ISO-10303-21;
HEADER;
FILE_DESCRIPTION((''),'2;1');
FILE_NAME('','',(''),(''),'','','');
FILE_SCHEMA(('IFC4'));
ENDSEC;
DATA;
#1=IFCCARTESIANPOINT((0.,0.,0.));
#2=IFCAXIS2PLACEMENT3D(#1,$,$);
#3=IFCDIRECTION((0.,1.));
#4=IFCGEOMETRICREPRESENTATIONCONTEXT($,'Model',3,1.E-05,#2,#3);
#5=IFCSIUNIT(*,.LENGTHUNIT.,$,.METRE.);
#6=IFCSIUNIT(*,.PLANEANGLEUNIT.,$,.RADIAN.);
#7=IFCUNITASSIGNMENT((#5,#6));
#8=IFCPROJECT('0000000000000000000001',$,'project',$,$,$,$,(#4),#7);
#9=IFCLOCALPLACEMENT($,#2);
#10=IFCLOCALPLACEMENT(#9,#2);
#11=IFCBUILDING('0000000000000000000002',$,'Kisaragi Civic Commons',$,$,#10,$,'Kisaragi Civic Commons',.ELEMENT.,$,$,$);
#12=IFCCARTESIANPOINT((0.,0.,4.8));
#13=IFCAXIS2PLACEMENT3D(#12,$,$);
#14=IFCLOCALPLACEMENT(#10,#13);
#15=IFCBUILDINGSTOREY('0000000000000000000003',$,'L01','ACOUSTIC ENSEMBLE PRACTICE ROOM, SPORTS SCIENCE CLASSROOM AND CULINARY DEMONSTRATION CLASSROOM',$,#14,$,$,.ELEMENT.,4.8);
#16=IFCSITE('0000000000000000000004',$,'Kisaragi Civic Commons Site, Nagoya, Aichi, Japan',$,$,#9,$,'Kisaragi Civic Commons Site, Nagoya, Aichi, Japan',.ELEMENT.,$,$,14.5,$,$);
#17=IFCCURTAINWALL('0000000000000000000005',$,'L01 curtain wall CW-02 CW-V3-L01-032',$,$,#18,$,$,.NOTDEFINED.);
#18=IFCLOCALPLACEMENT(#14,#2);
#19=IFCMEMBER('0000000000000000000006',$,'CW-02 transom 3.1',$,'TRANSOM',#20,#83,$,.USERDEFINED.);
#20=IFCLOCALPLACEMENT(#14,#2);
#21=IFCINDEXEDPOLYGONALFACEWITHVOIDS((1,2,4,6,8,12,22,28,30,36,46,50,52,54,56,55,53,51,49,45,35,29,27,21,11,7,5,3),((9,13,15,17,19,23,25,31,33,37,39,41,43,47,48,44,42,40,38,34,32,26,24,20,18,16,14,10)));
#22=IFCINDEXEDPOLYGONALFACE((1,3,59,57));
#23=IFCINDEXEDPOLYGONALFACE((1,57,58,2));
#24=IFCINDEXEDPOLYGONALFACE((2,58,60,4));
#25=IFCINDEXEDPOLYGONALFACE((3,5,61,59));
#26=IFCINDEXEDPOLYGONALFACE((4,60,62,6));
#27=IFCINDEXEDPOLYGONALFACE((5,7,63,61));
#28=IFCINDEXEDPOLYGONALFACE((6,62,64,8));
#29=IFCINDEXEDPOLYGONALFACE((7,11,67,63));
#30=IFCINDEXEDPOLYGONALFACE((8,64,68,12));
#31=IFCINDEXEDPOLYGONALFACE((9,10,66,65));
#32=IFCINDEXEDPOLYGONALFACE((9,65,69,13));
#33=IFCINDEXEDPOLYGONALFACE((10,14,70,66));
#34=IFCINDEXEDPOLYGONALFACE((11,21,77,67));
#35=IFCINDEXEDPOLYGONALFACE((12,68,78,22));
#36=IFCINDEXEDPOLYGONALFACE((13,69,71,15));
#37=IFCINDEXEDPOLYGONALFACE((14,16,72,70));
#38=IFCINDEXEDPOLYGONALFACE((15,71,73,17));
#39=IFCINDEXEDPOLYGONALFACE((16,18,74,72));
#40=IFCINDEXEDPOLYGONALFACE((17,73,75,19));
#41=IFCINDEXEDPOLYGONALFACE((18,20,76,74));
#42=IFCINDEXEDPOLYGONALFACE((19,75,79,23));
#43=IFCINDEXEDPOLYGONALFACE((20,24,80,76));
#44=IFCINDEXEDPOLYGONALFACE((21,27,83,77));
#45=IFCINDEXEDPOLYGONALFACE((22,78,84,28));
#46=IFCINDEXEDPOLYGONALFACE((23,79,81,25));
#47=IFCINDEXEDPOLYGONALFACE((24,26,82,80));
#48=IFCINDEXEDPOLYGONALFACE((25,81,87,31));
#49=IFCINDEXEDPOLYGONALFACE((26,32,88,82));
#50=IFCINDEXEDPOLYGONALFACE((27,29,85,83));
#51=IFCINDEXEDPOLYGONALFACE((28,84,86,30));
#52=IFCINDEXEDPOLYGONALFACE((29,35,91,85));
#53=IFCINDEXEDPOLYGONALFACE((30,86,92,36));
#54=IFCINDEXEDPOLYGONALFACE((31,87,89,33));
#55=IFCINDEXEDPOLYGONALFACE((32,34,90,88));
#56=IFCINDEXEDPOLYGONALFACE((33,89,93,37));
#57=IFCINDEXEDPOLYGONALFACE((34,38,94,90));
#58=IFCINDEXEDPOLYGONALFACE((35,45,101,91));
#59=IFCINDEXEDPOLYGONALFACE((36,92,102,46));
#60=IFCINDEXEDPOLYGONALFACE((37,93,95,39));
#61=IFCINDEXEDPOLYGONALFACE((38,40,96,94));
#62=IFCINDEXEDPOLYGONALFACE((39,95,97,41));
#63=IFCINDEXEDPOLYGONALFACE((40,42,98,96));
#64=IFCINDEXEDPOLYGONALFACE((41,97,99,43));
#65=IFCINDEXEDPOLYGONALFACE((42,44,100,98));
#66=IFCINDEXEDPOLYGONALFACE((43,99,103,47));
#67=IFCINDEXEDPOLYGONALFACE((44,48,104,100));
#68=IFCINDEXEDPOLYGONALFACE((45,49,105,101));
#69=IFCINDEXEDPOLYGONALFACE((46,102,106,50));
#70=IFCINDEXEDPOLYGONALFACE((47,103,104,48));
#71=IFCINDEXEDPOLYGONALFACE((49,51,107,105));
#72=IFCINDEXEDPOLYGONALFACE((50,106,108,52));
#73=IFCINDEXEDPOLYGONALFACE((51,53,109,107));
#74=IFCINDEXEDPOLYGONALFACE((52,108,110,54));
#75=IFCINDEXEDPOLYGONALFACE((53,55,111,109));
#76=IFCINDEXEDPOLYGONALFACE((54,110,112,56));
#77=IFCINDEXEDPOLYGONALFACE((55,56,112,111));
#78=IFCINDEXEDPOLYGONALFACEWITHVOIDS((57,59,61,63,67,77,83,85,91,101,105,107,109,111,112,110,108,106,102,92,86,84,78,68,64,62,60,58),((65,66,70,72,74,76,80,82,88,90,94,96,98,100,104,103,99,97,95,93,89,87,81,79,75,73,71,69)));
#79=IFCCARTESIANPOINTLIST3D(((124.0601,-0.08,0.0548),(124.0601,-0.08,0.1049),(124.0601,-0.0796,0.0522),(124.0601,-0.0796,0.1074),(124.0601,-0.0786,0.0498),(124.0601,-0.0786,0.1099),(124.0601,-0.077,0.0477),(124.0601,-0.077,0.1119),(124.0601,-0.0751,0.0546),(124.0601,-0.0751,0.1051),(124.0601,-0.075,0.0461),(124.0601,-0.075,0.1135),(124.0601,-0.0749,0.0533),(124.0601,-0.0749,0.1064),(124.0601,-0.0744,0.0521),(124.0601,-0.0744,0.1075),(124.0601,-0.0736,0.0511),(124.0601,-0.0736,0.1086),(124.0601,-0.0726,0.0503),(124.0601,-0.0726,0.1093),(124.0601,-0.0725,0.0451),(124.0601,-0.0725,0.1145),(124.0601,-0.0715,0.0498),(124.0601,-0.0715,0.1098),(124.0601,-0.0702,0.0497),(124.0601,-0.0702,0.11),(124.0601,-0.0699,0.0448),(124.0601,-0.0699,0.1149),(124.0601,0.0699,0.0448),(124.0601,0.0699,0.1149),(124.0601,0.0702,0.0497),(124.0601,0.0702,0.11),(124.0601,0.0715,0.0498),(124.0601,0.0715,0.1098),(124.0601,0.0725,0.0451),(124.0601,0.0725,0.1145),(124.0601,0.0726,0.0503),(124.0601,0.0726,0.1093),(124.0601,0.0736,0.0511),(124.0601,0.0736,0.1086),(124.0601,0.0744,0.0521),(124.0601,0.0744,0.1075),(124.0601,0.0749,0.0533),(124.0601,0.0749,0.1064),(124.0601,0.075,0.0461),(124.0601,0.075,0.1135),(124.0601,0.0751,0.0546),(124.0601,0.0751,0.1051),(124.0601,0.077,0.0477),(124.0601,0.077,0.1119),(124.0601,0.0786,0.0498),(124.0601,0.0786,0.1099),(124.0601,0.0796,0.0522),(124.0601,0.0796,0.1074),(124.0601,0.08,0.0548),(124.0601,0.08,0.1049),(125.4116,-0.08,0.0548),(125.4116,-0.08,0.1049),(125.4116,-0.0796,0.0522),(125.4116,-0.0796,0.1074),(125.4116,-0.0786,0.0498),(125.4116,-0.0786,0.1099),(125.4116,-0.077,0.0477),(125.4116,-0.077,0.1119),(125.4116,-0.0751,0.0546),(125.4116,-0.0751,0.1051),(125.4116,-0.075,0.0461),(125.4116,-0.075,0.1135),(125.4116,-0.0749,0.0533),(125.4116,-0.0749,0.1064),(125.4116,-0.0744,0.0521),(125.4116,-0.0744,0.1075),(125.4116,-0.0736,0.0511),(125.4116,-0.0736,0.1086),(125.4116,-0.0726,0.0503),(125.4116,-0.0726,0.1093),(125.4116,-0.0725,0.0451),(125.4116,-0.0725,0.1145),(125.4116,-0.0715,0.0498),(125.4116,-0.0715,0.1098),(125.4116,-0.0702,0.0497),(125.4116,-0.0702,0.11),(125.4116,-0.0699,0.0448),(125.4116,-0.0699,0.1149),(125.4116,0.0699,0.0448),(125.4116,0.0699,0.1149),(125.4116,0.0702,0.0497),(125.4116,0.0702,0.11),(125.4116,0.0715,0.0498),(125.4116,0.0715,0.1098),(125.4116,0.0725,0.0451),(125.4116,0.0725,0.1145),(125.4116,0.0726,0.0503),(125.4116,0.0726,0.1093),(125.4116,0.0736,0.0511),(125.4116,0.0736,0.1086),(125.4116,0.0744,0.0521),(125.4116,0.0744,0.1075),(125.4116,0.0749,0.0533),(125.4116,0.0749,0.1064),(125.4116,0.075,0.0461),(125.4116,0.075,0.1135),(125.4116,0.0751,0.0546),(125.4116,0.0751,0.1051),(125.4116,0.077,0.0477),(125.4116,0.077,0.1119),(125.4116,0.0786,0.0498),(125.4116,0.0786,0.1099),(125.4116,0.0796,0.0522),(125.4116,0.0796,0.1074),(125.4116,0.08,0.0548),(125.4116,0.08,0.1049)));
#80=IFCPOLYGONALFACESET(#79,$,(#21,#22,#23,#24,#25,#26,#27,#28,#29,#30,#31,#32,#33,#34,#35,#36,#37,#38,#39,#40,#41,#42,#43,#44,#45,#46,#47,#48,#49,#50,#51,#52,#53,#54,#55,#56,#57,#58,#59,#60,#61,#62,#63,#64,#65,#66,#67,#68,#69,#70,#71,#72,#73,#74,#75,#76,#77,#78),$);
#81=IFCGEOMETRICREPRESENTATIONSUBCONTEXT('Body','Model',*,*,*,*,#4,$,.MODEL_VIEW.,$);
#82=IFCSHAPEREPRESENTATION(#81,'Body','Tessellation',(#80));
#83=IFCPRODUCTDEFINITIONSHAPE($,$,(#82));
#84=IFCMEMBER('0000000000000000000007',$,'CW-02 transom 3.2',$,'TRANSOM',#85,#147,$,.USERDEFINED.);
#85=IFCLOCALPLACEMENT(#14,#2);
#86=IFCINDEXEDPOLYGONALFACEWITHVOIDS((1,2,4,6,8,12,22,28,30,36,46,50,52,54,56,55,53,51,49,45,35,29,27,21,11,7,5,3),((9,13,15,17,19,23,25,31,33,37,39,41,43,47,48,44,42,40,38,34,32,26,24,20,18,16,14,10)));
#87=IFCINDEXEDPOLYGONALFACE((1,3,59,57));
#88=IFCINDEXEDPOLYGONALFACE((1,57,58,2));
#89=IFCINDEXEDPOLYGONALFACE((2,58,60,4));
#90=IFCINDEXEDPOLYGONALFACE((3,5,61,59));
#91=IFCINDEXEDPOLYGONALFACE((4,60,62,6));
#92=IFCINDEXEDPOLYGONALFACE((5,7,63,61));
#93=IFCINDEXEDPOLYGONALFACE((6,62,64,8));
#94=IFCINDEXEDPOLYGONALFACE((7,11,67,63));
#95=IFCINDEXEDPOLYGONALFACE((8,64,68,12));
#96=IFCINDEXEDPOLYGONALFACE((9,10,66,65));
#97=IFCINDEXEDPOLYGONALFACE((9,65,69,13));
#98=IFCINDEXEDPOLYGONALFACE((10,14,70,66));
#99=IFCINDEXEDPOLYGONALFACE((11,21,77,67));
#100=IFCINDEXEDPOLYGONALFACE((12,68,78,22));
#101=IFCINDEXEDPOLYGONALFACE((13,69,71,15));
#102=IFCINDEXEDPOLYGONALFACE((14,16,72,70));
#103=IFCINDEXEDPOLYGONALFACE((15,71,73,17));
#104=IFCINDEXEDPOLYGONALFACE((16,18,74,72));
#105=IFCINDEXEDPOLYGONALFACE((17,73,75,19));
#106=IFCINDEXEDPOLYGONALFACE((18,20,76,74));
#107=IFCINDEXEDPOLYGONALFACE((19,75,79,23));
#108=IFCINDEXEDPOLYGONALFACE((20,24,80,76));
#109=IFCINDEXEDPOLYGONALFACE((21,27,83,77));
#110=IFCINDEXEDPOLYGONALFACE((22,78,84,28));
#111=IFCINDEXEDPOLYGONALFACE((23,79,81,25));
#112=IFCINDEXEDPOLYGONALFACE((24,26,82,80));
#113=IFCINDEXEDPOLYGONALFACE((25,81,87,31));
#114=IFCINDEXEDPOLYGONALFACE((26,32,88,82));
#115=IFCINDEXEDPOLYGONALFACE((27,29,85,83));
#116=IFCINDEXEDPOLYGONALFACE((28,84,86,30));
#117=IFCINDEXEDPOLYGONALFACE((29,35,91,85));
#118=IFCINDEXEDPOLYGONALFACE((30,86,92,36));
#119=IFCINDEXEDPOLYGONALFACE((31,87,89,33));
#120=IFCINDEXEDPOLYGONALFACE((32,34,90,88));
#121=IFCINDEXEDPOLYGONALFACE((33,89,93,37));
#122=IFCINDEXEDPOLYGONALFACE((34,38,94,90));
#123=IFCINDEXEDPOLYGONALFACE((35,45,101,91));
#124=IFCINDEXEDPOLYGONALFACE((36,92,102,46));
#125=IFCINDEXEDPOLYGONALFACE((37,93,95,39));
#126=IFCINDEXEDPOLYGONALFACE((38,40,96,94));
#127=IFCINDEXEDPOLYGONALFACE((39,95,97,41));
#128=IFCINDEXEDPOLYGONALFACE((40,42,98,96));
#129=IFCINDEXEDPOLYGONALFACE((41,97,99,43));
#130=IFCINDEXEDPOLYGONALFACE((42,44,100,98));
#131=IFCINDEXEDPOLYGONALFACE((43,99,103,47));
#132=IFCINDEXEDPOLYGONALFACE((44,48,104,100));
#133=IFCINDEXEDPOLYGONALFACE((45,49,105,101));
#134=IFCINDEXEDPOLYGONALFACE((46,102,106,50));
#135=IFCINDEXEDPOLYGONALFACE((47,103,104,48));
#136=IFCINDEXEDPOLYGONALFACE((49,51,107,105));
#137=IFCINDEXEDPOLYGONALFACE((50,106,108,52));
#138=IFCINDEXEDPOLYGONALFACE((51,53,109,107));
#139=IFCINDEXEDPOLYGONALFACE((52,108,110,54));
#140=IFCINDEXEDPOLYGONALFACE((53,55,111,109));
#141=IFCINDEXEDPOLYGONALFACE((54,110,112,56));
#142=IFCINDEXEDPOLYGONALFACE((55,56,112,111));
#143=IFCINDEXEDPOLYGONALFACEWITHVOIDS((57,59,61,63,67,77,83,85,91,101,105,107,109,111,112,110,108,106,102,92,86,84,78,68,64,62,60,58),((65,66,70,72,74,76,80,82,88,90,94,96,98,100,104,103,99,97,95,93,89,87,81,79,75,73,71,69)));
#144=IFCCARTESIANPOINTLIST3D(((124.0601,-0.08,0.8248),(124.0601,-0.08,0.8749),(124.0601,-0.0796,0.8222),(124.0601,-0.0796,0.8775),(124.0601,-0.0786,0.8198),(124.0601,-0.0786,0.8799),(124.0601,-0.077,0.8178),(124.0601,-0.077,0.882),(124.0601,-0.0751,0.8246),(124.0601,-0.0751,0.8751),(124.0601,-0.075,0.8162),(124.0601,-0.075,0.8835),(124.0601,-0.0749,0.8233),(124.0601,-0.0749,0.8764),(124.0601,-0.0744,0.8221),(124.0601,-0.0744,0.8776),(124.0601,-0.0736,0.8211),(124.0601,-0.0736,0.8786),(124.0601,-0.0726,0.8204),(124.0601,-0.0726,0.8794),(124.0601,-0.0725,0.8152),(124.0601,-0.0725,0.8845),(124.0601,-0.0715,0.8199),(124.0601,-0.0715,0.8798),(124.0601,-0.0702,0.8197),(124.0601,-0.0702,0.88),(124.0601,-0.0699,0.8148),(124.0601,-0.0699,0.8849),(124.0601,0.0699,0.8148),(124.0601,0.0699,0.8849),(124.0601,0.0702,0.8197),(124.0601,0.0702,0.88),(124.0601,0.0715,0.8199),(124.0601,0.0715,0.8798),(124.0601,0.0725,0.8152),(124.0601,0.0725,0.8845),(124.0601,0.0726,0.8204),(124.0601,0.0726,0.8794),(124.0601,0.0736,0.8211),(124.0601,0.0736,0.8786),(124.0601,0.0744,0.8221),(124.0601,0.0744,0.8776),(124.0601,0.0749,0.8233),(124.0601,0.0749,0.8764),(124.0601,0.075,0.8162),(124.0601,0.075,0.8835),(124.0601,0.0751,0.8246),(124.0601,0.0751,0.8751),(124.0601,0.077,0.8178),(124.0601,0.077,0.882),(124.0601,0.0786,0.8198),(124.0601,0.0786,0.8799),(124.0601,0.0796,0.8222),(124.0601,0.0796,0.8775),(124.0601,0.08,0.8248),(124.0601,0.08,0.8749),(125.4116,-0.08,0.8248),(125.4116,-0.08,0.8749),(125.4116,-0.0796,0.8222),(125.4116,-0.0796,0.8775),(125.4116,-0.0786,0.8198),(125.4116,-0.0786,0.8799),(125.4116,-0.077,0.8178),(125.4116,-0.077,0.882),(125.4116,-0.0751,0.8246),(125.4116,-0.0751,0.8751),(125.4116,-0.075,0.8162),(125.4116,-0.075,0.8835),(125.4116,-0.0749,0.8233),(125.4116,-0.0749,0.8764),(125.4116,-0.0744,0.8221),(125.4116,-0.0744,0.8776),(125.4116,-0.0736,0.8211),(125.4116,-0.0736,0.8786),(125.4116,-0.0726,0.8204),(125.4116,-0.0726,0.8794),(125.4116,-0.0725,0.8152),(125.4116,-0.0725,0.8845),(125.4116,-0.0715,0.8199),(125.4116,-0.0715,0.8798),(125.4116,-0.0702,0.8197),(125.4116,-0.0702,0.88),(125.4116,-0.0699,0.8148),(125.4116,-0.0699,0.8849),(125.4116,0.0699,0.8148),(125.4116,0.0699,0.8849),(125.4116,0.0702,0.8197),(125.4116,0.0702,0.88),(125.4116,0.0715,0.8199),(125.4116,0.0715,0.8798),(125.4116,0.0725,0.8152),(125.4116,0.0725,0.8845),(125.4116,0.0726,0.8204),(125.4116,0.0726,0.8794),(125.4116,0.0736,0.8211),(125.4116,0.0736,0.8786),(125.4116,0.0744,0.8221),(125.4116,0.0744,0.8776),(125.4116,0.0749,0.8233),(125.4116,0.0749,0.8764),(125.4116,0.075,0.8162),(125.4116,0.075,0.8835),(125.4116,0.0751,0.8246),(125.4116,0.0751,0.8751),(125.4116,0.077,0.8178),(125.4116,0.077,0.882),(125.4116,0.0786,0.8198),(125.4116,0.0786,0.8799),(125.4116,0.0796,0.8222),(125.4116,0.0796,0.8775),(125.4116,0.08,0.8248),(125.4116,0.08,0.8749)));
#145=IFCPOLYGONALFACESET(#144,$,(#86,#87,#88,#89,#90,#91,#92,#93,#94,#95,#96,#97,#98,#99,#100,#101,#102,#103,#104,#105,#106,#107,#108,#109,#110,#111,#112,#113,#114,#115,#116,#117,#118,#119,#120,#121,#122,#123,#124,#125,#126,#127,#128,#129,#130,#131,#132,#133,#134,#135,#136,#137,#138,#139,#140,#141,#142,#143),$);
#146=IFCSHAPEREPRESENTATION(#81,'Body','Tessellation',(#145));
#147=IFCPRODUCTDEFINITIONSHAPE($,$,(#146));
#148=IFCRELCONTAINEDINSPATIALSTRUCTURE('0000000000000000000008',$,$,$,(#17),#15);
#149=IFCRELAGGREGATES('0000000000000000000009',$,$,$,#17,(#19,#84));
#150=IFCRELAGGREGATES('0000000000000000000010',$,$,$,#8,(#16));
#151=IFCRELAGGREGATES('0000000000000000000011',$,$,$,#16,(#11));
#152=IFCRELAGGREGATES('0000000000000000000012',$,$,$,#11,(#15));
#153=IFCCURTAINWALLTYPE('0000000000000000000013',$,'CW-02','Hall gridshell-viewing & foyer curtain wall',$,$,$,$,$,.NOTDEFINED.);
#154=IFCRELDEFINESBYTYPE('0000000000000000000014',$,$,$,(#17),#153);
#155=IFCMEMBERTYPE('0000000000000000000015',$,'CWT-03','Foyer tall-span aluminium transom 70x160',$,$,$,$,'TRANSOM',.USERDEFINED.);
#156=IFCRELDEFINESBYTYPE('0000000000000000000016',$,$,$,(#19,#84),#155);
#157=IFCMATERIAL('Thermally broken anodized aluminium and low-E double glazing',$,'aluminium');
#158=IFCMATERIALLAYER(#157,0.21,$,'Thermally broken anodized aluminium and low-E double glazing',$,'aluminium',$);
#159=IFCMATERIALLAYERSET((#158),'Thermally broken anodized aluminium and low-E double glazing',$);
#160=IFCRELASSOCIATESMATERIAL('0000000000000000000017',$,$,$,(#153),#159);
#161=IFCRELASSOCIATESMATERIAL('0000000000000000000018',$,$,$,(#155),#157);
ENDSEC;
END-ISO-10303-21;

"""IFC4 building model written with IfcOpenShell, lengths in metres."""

from ifc_helpers import new_model, si_unit, direction, frame, origin, origin_2d, place, context, subcontext, project, spatial, hollow_rectangle, extrude, material, layer, layer_set, material_profile, profile_set, type_object, element, aggregate, save


model = new_model("IFC4")

# Units and contexts
model_context = context("Model", 3, precision=1e-05, world=origin(), true_north=direction((0.0, 1.0)))
body_context = subcontext(model_context, "Body", "Model", "MODEL_VIEW")
ifc_project = project(units=[si_unit("LENGTHUNIT", "METRE"), si_unit("PLANEANGLEUNIT", "RADIAN")], contexts=[model_context])

# Site, building, storey
site_placement = place(None, origin())
site = spatial("IfcSite", under=ifc_project, at=site_placement, Name="Kisaragi Civic Commons Site, Nagoya, Aichi, Japan", LongName="Kisaragi Civic Commons Site, Nagoya, Aichi, Japan", CompositionType="ELEMENT", RefElevation=14.5)
building_placement = place(site_placement, origin())
building = spatial("IfcBuilding", under=site, at=building_placement, Name="Kisaragi Civic Commons", LongName="Kisaragi Civic Commons", CompositionType="ELEMENT")
storey_placement = place(building_placement, frame((0.0, 0.0, 4.8)))
storey = spatial("IfcBuildingStorey", under=building, at=storey_placement, Name="L01", Description="ACOUSTIC ENSEMBLE PRACTICE ROOM, SPORTS SCIENCE CLASSROOM AND CULINARY DEMONSTRATION CLASSROOM", CompositionType="ELEMENT", Elevation=4.8)

# Curtain wall, members
ifc_material_1 = material(Name="Thermally broken anodized aluminium and low-E double glazing", Category="aluminium")
ifc_layer_1 = layer(ifc_material_1, 0.21, Name="Thermally broken anodized aluminium and low-E double glazing", Category="aluminium")
ifc_layer_set_1 = layer_set([ifc_layer_1], Name="Thermally broken anodized aluminium and low-E double glazing")
curtain_wall_type = type_object("IfcCurtainWallType", Name="CW-02", Description="Hall gridshell-viewing & foyer curtain wall", PredefinedType="NOTDEFINED", material=ifc_layer_set_1)
curtain_wall_placement = place(storey_placement, origin())
curtain_wall = element("IfcCurtainWall", 1, at=curtain_wall_placement, inside=storey, type_object=curtain_wall_type, Name="L01 curtain wall CW-02 CW-V3-L01-032", PredefinedType="NOTDEFINED")
ifc_material_profile_1 = material_profile(ifc_material_1, hollow_rectangle(XDim=0.1599, YDim=0.0701, WallThickness=0.0049, InnerFilletRadius=0.0049, OuterFilletRadius=0.01, at=origin_2d()), Name="CWT-70x160x5", Category="aluminium")
ifc_profile_set_1 = profile_set([ifc_material_profile_1], Name="Thermally broken anodized aluminium and low-E double glazing")
member_type_1 = type_object("IfcMemberType", Name="CWT-03", Description="Foyer tall-span aluminium transom 70x160", ElementType="TRANSOM", PredefinedType="USERDEFINED", material=ifc_profile_set_1)
member_1_placement = place(storey_placement, frame((125.4116, 0.0, 0.0798), z_axis=(-1.0, 0.0, 0.0), x_axis=(0.0, -1.0, 0.0)))
member_1 = element("IfcMember", 2, at=member_1_placement, type_object=member_type_1, Name="CW-02 transom 3.1", ObjectType="TRANSOM", PredefinedType="USERDEFINED", context=body_context, shape_type="SweptSolid", body=[
    extrude(hollow_rectangle(XDim=0.1599, YDim=0.0701, WallThickness=0.0049, InnerFilletRadius=0.0049, OuterFilletRadius=0.01, at=origin_2d()), origin(), (0.0, 0.0, 1.0), 1.3516),
])
member_2_placement = place(storey_placement, frame((125.4116, 0.0, 0.8499), z_axis=(-1.0, 0.0, 0.0), x_axis=(0.0, -1.0, 0.0)))
member_2 = element("IfcMember", 3, at=member_2_placement, type_object=member_type_1, Name="CW-02 transom 3.2", ObjectType="TRANSOM", PredefinedType="USERDEFINED", context=body_context, shape_type="SweptSolid", body=[
    extrude(hollow_rectangle(XDim=0.1599, YDim=0.0701, WallThickness=0.0049, InnerFilletRadius=0.0049, OuterFilletRadius=0.01, at=origin_2d()), origin(), (0.0, 0.0, 1.0), 1.3516),
])

aggregate(curtain_wall, [member_1, member_2])

save(model, "model.ifc")
